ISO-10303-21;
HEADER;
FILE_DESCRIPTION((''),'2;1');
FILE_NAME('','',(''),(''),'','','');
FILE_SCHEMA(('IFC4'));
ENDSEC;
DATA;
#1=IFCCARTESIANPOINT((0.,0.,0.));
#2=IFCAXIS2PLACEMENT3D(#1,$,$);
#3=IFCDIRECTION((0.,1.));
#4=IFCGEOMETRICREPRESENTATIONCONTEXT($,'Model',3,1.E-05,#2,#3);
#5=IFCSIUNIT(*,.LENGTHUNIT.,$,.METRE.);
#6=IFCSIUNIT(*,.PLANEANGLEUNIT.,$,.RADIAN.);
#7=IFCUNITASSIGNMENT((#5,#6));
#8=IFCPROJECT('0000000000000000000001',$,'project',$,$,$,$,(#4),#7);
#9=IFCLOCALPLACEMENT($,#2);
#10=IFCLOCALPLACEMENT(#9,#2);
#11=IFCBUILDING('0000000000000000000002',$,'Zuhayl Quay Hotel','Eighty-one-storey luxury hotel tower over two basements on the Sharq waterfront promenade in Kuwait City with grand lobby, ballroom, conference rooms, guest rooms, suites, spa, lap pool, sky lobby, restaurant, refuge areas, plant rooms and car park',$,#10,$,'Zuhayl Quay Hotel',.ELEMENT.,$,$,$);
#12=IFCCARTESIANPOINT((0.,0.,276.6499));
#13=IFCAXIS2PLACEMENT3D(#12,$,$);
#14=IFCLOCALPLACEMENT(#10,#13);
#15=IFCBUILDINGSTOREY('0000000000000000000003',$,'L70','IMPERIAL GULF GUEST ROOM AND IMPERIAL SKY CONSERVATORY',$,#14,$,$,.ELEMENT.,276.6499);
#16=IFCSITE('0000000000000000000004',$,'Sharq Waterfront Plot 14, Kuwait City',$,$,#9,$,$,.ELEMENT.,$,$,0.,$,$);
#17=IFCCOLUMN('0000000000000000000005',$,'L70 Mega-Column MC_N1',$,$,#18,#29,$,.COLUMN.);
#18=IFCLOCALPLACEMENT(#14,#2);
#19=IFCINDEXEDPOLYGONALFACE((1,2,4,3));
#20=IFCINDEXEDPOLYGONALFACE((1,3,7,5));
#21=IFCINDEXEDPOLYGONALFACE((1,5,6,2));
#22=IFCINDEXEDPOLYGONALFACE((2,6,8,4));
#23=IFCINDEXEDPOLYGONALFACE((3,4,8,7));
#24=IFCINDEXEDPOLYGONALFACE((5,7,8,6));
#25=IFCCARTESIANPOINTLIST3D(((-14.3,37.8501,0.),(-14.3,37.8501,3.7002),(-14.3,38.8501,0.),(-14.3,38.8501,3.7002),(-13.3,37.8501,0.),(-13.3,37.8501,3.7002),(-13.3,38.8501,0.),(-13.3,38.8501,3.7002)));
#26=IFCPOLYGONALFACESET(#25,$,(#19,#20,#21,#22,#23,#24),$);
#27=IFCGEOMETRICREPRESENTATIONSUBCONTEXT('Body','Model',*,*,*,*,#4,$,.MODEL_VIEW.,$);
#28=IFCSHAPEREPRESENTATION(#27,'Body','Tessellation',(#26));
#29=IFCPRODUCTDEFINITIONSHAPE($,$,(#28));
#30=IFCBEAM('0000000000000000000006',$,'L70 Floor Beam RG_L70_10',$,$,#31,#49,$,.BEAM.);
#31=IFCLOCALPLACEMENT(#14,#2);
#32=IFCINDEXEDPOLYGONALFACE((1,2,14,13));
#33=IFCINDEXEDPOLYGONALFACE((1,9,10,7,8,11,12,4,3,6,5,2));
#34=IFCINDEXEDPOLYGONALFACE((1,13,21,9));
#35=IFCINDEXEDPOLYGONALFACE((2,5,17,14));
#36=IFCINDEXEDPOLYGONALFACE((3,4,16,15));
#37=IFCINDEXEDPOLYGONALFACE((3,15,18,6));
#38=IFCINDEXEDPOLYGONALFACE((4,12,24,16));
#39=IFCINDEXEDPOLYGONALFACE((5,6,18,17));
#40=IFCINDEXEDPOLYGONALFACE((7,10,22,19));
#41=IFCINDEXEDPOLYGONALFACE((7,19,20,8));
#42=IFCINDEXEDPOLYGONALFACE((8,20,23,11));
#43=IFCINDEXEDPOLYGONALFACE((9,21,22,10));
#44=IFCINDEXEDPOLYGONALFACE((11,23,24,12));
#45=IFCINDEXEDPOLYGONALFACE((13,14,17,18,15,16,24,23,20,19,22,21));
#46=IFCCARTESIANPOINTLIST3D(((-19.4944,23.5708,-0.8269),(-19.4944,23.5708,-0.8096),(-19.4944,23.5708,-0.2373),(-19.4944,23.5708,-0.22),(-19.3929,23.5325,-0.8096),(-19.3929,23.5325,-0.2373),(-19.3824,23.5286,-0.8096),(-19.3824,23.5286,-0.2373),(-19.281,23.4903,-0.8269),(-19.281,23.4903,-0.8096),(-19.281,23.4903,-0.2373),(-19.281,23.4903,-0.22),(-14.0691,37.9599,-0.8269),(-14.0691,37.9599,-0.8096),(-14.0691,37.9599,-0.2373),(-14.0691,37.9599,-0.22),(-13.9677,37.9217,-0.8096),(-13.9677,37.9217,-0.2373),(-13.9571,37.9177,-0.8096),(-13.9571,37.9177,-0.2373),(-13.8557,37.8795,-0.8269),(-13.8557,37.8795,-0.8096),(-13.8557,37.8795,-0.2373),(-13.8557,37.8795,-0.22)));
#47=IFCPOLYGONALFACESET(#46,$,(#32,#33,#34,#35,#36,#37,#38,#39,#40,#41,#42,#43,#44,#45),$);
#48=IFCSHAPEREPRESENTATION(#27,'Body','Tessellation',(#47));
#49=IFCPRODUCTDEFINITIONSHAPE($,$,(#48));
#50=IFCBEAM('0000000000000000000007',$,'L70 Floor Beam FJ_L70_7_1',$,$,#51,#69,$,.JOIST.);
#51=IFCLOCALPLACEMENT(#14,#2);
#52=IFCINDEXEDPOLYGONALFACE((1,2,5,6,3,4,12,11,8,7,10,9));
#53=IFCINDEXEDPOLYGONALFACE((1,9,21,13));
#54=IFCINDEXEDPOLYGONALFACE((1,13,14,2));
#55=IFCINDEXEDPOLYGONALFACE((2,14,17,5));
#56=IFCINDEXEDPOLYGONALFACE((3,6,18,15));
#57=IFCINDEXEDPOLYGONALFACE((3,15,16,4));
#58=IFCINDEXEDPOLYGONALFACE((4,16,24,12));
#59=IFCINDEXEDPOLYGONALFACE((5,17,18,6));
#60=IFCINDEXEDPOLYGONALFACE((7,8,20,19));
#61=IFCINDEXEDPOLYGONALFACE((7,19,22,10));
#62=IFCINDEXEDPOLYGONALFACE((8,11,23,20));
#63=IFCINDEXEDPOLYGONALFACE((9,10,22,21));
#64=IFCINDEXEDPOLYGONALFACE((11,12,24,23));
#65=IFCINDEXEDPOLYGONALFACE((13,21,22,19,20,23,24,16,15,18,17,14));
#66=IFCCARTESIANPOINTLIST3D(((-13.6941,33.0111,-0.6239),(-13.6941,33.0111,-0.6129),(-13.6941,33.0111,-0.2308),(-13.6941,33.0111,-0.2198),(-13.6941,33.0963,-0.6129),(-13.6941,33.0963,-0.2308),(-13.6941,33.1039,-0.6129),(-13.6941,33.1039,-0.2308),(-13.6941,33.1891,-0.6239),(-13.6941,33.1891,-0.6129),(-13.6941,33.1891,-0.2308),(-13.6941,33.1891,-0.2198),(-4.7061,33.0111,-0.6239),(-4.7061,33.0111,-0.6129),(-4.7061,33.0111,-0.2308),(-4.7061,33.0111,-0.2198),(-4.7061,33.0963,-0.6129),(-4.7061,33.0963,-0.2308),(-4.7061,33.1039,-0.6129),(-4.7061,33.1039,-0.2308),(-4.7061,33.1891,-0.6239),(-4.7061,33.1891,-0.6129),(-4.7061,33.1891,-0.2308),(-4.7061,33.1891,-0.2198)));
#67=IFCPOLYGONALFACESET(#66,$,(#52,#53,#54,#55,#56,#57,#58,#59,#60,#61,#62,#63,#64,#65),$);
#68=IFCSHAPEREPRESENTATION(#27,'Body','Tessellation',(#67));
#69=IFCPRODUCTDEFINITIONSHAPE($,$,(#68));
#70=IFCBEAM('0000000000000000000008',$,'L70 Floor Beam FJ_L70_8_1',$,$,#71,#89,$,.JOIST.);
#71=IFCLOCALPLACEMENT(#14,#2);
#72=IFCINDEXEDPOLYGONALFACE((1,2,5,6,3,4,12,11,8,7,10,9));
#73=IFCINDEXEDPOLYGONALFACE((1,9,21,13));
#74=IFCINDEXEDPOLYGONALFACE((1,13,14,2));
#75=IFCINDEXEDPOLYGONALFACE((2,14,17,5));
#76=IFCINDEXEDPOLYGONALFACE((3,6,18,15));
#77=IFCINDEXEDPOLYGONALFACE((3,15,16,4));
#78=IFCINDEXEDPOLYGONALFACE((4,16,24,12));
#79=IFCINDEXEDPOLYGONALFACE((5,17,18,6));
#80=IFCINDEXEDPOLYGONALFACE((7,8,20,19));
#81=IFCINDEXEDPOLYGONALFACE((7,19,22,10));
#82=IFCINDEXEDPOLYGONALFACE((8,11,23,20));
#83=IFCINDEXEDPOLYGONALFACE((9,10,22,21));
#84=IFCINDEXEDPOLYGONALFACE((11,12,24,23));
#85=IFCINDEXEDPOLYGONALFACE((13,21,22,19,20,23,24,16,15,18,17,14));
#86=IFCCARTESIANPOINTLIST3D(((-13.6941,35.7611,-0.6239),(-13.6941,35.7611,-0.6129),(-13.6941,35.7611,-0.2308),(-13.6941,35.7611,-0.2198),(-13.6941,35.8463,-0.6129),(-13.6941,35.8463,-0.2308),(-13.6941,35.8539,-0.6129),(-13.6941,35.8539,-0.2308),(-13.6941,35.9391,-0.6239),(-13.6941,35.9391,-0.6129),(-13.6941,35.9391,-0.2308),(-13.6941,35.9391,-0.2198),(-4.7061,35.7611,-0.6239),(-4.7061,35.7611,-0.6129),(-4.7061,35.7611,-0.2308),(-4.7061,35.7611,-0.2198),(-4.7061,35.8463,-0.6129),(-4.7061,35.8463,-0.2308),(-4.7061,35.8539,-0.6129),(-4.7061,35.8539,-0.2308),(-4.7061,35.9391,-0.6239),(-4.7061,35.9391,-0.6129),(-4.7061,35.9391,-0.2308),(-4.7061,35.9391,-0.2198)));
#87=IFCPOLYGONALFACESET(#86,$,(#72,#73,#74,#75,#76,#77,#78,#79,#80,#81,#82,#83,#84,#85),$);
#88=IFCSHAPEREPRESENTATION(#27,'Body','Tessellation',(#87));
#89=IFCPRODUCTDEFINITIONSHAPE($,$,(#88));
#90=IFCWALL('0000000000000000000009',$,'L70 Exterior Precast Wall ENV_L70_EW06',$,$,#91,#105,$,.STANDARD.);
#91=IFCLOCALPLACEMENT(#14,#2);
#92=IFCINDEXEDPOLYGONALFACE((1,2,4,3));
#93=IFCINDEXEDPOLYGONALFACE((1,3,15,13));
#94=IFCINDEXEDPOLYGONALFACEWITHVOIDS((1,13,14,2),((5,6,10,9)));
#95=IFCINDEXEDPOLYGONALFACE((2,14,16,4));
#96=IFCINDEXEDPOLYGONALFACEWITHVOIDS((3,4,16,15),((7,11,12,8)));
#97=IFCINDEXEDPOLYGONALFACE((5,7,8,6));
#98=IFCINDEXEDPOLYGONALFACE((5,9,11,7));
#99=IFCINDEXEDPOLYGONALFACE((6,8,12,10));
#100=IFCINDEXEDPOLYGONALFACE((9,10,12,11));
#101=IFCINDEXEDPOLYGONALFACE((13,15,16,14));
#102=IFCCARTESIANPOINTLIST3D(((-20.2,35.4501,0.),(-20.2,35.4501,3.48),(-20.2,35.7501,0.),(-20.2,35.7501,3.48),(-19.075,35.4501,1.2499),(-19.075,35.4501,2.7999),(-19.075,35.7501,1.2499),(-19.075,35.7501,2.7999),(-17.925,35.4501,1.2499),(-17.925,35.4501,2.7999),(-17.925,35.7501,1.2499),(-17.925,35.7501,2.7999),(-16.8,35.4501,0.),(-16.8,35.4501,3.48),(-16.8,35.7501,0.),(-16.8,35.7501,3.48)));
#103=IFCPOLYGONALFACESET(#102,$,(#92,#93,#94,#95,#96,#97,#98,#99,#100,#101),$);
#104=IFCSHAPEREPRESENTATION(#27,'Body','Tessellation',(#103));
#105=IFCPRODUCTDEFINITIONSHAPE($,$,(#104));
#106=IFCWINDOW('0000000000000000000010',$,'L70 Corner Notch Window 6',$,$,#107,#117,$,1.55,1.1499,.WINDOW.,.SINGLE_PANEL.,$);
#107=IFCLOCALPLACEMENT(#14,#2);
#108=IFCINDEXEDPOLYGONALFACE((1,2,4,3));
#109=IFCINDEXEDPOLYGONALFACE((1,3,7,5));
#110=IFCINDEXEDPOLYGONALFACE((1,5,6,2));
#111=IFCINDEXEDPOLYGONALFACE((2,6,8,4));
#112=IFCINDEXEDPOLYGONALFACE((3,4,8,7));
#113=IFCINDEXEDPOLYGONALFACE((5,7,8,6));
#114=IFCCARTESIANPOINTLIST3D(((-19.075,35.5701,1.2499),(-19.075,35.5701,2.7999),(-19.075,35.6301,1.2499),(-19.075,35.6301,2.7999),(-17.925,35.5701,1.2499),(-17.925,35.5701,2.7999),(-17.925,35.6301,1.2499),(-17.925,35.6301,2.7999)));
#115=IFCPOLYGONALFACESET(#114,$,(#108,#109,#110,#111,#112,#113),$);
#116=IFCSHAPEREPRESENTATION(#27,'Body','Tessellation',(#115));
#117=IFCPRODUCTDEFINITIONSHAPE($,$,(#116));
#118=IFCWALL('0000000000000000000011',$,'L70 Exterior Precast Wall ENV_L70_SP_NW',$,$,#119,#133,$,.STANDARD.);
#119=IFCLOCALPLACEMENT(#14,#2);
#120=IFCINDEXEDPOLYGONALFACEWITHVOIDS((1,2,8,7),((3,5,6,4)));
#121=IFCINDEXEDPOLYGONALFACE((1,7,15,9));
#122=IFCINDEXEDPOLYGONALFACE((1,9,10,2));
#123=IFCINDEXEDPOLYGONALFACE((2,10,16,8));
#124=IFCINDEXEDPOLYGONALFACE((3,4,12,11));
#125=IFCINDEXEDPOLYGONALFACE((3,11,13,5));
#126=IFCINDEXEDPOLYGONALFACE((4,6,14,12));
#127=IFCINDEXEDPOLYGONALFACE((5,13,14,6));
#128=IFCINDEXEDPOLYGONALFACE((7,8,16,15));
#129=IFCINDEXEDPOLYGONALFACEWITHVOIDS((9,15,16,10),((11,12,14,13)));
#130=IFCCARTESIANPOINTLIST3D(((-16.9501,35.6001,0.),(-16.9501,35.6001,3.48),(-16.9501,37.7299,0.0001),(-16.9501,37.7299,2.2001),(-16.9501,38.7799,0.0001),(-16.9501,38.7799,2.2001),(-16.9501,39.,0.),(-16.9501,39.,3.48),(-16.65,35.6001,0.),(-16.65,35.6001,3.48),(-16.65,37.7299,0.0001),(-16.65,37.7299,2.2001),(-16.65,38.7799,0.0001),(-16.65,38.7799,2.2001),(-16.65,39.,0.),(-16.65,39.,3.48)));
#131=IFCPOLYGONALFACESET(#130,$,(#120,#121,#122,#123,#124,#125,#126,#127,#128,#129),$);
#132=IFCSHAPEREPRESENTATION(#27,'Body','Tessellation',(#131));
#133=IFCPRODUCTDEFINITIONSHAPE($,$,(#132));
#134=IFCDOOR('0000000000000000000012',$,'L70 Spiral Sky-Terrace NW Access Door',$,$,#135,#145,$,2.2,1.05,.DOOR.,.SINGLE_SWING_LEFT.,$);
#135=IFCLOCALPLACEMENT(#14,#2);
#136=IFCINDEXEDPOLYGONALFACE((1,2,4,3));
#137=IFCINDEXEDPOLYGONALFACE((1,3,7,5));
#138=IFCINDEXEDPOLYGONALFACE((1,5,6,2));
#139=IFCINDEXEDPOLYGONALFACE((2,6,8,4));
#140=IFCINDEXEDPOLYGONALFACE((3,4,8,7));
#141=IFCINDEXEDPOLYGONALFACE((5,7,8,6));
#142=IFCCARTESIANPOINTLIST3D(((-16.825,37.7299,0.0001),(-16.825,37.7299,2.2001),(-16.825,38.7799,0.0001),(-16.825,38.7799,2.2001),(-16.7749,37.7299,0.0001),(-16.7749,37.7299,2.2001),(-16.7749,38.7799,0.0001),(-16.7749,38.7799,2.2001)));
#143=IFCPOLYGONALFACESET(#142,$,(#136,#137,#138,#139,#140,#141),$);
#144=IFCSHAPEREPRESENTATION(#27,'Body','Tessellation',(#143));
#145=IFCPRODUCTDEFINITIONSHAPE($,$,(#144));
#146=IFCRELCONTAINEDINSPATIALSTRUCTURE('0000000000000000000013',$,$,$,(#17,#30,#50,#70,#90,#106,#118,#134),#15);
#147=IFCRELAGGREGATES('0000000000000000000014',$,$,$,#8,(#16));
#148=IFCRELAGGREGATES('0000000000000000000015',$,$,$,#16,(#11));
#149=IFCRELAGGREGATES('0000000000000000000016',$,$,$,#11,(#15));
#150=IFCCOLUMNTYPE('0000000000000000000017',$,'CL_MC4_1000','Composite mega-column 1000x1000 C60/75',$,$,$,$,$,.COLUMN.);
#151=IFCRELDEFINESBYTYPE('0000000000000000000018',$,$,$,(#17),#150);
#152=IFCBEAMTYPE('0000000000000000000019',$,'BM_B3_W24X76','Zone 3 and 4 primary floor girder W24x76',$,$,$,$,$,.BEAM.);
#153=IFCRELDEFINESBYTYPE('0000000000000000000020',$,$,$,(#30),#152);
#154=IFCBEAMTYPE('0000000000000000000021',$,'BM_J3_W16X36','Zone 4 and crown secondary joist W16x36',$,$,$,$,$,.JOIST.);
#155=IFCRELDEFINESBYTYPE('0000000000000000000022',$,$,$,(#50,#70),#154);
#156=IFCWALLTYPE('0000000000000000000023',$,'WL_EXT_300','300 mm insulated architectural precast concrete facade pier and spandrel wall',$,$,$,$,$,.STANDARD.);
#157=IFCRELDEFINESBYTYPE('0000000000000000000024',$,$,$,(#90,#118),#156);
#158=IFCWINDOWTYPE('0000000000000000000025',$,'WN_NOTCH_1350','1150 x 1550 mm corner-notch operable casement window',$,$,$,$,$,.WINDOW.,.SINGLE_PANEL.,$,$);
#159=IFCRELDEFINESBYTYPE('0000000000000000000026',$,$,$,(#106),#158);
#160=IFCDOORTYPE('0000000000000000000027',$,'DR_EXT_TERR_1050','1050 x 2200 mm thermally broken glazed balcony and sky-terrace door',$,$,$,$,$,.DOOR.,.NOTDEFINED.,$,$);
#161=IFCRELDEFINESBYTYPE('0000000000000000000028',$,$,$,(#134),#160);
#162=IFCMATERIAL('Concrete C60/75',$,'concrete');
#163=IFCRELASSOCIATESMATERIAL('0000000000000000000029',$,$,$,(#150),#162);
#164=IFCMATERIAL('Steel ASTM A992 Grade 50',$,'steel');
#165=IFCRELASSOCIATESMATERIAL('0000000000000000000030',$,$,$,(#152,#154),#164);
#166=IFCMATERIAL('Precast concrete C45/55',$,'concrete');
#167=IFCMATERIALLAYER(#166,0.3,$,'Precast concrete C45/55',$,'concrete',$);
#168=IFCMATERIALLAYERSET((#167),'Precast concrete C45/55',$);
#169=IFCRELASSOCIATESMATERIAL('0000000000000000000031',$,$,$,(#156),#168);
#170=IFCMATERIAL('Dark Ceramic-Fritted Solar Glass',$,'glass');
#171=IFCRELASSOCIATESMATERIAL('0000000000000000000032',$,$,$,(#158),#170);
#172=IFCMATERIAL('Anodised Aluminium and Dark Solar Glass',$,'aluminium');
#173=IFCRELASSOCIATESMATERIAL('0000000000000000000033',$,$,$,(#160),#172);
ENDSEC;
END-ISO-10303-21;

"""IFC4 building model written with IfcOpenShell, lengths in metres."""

from ifc_helpers import new_model, si_unit, direction, frame, frame_2d, origin, origin_2d, place, context, subcontext, project, spatial, rectangle, i_section, extrude, material, layer, layer_set, material_profile, profile_set, type_object, element, fill, save


model = new_model("IFC4")

# Units and contexts
model_context = context("Model", 3, precision=1e-05, world=origin(), true_north=direction((0.0, 1.0)))
body_context = subcontext(model_context, "Body", "Model", "MODEL_VIEW")
ifc_project = project(units=[si_unit("LENGTHUNIT", "METRE"), si_unit("PLANEANGLEUNIT", "RADIAN")], contexts=[model_context])

# Site, building, storey
site_placement = place(None, origin())
site = spatial("IfcSite", under=ifc_project, at=site_placement, Name="Sharq Waterfront Plot 14, Kuwait City", CompositionType="ELEMENT", RefElevation=0.0)
building_placement = place(site_placement, origin())
building = spatial("IfcBuilding", under=site, at=building_placement, Name="Zuhayl Quay Hotel", Description="Eighty-one-storey luxury hotel tower over two basements on the Sharq waterfront promenade in Kuwait City with grand lobby, ballroom, conference rooms, guest rooms, suites, spa, lap pool, sky lobby, restaurant, refuge areas, plant rooms and car park", LongName="Zuhayl Quay Hotel", CompositionType="ELEMENT")
storey_placement = place(building_placement, frame((0.0, 0.0, 276.6499)))
storey = spatial("IfcBuildingStorey", under=building, at=storey_placement, Name="L70", Description="IMPERIAL GULF GUEST ROOM AND IMPERIAL SKY CONSERVATORY", CompositionType="ELEMENT", Elevation=276.6499)

# Column
ifc_material_1 = material(Name="Concrete C60/75", Category="concrete")
ifc_material_profile_1 = material_profile(ifc_material_1, rectangle(XDim=1.0, YDim=1.0, at=origin_2d()), Name="RC1000X1000")
ifc_profile_set_1 = profile_set([ifc_material_profile_1], Name="Concrete C60/75")
column_type = type_object("IfcColumnType", Name="CL_MC4_1000", Description="Composite mega-column 1000x1000 C60/75", PredefinedType="COLUMN", material=ifc_profile_set_1)
column_placement = place(storey_placement, frame((-13.8, 38.3501, 0.0), z_axis=(0.0, 0.0, 1.0), x_axis=(1.0, 0.0, 0.0)))
element("IfcColumn", 1, at=column_placement, inside=storey, type_object=column_type, Name="L70 Mega-Column MC_N1", PredefinedType="COLUMN", context=body_context, shape_type="SweptSolid", body=[
    extrude(rectangle(XDim=1.0, YDim=1.0, at=origin_2d()), origin(), (0.0, 0.0, 1.0), 3.7002),
])

# Beams
ifc_material_2 = material(Name="Steel ASTM A992 Grade 50", Category="steel")
ifc_material_profile_2 = material_profile(ifc_material_2, i_section(OverallWidth=0.228, OverallDepth=0.6069, WebThickness=0.0112, FlangeThickness=0.0173, at=origin_2d()), Name="W24X76")
ifc_profile_set_2 = profile_set([ifc_material_profile_2], Name="Steel ASTM A992 Grade 50")
beam_type_1 = type_object("IfcBeamType", Name="BM_B3_W24X76", Description="Zone 3 and 4 primary floor girder W24x76", PredefinedType="BEAM", material=ifc_profile_set_2)
beam_placement = place(storey_placement, frame((-13.9624, 37.9197, -0.5234), z_axis=(-0.352797, -0.9357, 0.0), x_axis=(0.9357, -0.352797, 0.0)))
element("IfcBeam", 2, at=beam_placement, inside=storey, type_object=beam_type_1, Name="L70 Floor Beam RG_L70_10", PredefinedType="BEAM", context=body_context, shape_type="SweptSolid", body=[
    extrude(i_section(OverallWidth=0.228, OverallDepth=0.6069, WebThickness=0.0112, FlangeThickness=0.0173, at=origin_2d()), origin(), (0.0, 0.0, 1.0), 15.3779),
])
ifc_material_profile_3 = material_profile(ifc_material_2, i_section(OverallWidth=0.178, OverallDepth=0.4041, WebThickness=0.0076, FlangeThickness=0.011, at=origin_2d()), Name="W16X36")
ifc_profile_set_3 = profile_set([ifc_material_profile_3], Name="Steel ASTM A992 Grade 50")
beam_type_2 = type_object("IfcBeamType", Name="BM_J3_W16X36", Description="Zone 4 and crown secondary joist W16x36", PredefinedType="JOIST", material=ifc_profile_set_3)
for number, where, z_axis, x_axis, name in (
    (3, (-13.6941, 33.1001, -0.4219), (1.0, 0.0, 0.0), (0.0, 1.0, 0.0), "L70 Floor Beam FJ_L70_7_1"),
    (4, (-13.6941, 35.8501, -0.4219), (1.0, 0.0, 0.0), (0.0, 1.0, 0.0), "L70 Floor Beam FJ_L70_8_1"),
):
    element("IfcBeam", number, at=place(storey_placement, frame(where, z_axis=z_axis, x_axis=x_axis)), inside=storey, type_object=beam_type_2, Name=name, PredefinedType="JOIST", context=body_context, shape_type="SweptSolid", body=[
        extrude(i_section(OverallWidth=0.178, OverallDepth=0.4041, WebThickness=0.0076, FlangeThickness=0.011, at=origin_2d()), origin(), (0.0, 0.0, 1.0), 8.988),
    ])

# Wall, opening, window
ifc_material_3 = material(Name="Precast concrete C45/55", Category="concrete")
ifc_layer_1 = layer(ifc_material_3, 0.3, Name="Precast concrete C45/55", Category="concrete")
ifc_layer_set_1 = layer_set([ifc_layer_1], Name="Precast concrete C45/55")
wall_type_1 = type_object("IfcWallType", Name="WL_EXT_300", Description="300 mm insulated architectural precast concrete facade pier and spandrel wall", PredefinedType="STANDARD", material=ifc_layer_set_1)
wall_1_placement = place(storey_placement, frame((-20.2, 35.6001, 0.0), z_axis=(0.0, 0.0, 1.0), x_axis=(1.0, 0.0, 0.0)))
wall_1 = element("IfcWall", 5, at=wall_1_placement, inside=storey, type_object=wall_type_1, Name="L70 Exterior Precast Wall ENV_L70_EW06", PredefinedType="STANDARD", context=body_context, shape_type="SweptSolid", body=[
    extrude(rectangle(XDim=3.3999, YDim=0.3, at=frame_2d((1.7, 0.0))), origin(), (0.0, 0.0, 1.0), 3.48),
])
opening_1_placement = place(wall_1_placement, frame((1.125, 0.0, 1.25)))
opening_1 = element("IfcOpeningElement", 6, at=opening_1_placement, cuts=wall_1, PredefinedType="OPENING", context=body_context, shape_type="SweptSolid", body=[
    extrude(rectangle(XDim=1.1499, YDim=1.55, at=frame_2d((0.575, 0.7749))), frame((0.0, 0.1599, 0.0), z_axis=(0.0, -1.0, 0.0), x_axis=(1.0, 0.0, 0.0)), (0.0, 0.0, 1.0), 0.3201),
])
ifc_material_4 = material(Name="Dark Ceramic-Fritted Solar Glass", Category="glass")
window_type_1 = type_object("IfcWindowType", Name="WN_NOTCH_1350", Description="1150 x 1550 mm corner-notch operable casement window", PartitioningType="SINGLE_PANEL", PredefinedType="WINDOW", material=ifc_material_4)
window_1_placement = place(opening_1_placement, origin())
window_1 = element("IfcWindow", 7, at=window_1_placement, inside=storey, type_object=window_type_1, Name="L70 Corner Notch Window 6", OverallHeight=1.55, OverallWidth=1.1499, PartitioningType="SINGLE_PANEL", PredefinedType="WINDOW", context=body_context, shape_type="SweptSolid", body=[
    extrude(rectangle(XDim=1.1499, YDim=1.55, at=frame_2d((0.575, 0.7749))), frame((0.0, 0.03, 0.0), z_axis=(0.0, -1.0, 0.0), x_axis=(1.0, 0.0, 0.0)), (0.0, 0.0, 1.0), 0.0601),
])
fill(opening_1, window_1)

# Wall, opening, door
wall_2_placement = place(storey_placement, frame((-16.8, 35.6001, 0.0), z_axis=(0.0, 0.0, 1.0), x_axis=(0.0, 1.0, 0.0)))
wall_2 = element("IfcWall", 8, at=wall_2_placement, inside=storey, type_object=wall_type_1, Name="L70 Exterior Precast Wall ENV_L70_SP_NW", PredefinedType="STANDARD", context=body_context, shape_type="SweptSolid", body=[
    extrude(rectangle(XDim=3.3999, YDim=0.3, at=frame_2d((1.7, 0.0))), origin(), (0.0, 0.0, 1.0), 3.48),
])
opening_2_placement = place(wall_2_placement, frame((2.1299, 0.0, 0.0)))
opening_2 = element("IfcOpeningElement", 9, at=opening_2_placement, cuts=wall_2, PredefinedType="OPENING", context=body_context, shape_type="SweptSolid", body=[
    extrude(rectangle(XDim=1.05, YDim=2.2, at=frame_2d((0.5249, 1.1001))), frame((0.0, 0.1599, 0.0), z_axis=(0.0, -1.0, 0.0), x_axis=(1.0, 0.0, 0.0)), (0.0, 0.0, 1.0), 0.3201),
])
ifc_material_5 = material(Name="Anodised Aluminium and Dark Solar Glass", Category="aluminium")
door_type_1 = type_object("IfcDoorType", Name="DR_EXT_TERR_1050", Description="1050 x 2200 mm thermally broken glazed balcony and sky-terrace door", OperationType="NOTDEFINED", PredefinedType="DOOR", material=ifc_material_5)
door_1_placement = place(opening_2_placement, origin())
door_1 = element("IfcDoor", 10, at=door_1_placement, inside=storey, type_object=door_type_1, Name="L70 Spiral Sky-Terrace NW Access Door", OperationType="SINGLE_SWING_LEFT", OverallHeight=2.2, OverallWidth=1.05, PredefinedType="DOOR", context=body_context, shape_type="SweptSolid", body=[
    extrude(rectangle(XDim=1.05, YDim=2.2, at=frame_2d((0.5249, 1.1001))), frame((0.0, 0.0249, 0.0), z_axis=(0.0, -1.0, 0.0), x_axis=(1.0, 0.0, 0.0)), (0.0, 0.0, 1.0), 0.05),
])
fill(opening_2, door_1)

save(model, "model.ifc")
